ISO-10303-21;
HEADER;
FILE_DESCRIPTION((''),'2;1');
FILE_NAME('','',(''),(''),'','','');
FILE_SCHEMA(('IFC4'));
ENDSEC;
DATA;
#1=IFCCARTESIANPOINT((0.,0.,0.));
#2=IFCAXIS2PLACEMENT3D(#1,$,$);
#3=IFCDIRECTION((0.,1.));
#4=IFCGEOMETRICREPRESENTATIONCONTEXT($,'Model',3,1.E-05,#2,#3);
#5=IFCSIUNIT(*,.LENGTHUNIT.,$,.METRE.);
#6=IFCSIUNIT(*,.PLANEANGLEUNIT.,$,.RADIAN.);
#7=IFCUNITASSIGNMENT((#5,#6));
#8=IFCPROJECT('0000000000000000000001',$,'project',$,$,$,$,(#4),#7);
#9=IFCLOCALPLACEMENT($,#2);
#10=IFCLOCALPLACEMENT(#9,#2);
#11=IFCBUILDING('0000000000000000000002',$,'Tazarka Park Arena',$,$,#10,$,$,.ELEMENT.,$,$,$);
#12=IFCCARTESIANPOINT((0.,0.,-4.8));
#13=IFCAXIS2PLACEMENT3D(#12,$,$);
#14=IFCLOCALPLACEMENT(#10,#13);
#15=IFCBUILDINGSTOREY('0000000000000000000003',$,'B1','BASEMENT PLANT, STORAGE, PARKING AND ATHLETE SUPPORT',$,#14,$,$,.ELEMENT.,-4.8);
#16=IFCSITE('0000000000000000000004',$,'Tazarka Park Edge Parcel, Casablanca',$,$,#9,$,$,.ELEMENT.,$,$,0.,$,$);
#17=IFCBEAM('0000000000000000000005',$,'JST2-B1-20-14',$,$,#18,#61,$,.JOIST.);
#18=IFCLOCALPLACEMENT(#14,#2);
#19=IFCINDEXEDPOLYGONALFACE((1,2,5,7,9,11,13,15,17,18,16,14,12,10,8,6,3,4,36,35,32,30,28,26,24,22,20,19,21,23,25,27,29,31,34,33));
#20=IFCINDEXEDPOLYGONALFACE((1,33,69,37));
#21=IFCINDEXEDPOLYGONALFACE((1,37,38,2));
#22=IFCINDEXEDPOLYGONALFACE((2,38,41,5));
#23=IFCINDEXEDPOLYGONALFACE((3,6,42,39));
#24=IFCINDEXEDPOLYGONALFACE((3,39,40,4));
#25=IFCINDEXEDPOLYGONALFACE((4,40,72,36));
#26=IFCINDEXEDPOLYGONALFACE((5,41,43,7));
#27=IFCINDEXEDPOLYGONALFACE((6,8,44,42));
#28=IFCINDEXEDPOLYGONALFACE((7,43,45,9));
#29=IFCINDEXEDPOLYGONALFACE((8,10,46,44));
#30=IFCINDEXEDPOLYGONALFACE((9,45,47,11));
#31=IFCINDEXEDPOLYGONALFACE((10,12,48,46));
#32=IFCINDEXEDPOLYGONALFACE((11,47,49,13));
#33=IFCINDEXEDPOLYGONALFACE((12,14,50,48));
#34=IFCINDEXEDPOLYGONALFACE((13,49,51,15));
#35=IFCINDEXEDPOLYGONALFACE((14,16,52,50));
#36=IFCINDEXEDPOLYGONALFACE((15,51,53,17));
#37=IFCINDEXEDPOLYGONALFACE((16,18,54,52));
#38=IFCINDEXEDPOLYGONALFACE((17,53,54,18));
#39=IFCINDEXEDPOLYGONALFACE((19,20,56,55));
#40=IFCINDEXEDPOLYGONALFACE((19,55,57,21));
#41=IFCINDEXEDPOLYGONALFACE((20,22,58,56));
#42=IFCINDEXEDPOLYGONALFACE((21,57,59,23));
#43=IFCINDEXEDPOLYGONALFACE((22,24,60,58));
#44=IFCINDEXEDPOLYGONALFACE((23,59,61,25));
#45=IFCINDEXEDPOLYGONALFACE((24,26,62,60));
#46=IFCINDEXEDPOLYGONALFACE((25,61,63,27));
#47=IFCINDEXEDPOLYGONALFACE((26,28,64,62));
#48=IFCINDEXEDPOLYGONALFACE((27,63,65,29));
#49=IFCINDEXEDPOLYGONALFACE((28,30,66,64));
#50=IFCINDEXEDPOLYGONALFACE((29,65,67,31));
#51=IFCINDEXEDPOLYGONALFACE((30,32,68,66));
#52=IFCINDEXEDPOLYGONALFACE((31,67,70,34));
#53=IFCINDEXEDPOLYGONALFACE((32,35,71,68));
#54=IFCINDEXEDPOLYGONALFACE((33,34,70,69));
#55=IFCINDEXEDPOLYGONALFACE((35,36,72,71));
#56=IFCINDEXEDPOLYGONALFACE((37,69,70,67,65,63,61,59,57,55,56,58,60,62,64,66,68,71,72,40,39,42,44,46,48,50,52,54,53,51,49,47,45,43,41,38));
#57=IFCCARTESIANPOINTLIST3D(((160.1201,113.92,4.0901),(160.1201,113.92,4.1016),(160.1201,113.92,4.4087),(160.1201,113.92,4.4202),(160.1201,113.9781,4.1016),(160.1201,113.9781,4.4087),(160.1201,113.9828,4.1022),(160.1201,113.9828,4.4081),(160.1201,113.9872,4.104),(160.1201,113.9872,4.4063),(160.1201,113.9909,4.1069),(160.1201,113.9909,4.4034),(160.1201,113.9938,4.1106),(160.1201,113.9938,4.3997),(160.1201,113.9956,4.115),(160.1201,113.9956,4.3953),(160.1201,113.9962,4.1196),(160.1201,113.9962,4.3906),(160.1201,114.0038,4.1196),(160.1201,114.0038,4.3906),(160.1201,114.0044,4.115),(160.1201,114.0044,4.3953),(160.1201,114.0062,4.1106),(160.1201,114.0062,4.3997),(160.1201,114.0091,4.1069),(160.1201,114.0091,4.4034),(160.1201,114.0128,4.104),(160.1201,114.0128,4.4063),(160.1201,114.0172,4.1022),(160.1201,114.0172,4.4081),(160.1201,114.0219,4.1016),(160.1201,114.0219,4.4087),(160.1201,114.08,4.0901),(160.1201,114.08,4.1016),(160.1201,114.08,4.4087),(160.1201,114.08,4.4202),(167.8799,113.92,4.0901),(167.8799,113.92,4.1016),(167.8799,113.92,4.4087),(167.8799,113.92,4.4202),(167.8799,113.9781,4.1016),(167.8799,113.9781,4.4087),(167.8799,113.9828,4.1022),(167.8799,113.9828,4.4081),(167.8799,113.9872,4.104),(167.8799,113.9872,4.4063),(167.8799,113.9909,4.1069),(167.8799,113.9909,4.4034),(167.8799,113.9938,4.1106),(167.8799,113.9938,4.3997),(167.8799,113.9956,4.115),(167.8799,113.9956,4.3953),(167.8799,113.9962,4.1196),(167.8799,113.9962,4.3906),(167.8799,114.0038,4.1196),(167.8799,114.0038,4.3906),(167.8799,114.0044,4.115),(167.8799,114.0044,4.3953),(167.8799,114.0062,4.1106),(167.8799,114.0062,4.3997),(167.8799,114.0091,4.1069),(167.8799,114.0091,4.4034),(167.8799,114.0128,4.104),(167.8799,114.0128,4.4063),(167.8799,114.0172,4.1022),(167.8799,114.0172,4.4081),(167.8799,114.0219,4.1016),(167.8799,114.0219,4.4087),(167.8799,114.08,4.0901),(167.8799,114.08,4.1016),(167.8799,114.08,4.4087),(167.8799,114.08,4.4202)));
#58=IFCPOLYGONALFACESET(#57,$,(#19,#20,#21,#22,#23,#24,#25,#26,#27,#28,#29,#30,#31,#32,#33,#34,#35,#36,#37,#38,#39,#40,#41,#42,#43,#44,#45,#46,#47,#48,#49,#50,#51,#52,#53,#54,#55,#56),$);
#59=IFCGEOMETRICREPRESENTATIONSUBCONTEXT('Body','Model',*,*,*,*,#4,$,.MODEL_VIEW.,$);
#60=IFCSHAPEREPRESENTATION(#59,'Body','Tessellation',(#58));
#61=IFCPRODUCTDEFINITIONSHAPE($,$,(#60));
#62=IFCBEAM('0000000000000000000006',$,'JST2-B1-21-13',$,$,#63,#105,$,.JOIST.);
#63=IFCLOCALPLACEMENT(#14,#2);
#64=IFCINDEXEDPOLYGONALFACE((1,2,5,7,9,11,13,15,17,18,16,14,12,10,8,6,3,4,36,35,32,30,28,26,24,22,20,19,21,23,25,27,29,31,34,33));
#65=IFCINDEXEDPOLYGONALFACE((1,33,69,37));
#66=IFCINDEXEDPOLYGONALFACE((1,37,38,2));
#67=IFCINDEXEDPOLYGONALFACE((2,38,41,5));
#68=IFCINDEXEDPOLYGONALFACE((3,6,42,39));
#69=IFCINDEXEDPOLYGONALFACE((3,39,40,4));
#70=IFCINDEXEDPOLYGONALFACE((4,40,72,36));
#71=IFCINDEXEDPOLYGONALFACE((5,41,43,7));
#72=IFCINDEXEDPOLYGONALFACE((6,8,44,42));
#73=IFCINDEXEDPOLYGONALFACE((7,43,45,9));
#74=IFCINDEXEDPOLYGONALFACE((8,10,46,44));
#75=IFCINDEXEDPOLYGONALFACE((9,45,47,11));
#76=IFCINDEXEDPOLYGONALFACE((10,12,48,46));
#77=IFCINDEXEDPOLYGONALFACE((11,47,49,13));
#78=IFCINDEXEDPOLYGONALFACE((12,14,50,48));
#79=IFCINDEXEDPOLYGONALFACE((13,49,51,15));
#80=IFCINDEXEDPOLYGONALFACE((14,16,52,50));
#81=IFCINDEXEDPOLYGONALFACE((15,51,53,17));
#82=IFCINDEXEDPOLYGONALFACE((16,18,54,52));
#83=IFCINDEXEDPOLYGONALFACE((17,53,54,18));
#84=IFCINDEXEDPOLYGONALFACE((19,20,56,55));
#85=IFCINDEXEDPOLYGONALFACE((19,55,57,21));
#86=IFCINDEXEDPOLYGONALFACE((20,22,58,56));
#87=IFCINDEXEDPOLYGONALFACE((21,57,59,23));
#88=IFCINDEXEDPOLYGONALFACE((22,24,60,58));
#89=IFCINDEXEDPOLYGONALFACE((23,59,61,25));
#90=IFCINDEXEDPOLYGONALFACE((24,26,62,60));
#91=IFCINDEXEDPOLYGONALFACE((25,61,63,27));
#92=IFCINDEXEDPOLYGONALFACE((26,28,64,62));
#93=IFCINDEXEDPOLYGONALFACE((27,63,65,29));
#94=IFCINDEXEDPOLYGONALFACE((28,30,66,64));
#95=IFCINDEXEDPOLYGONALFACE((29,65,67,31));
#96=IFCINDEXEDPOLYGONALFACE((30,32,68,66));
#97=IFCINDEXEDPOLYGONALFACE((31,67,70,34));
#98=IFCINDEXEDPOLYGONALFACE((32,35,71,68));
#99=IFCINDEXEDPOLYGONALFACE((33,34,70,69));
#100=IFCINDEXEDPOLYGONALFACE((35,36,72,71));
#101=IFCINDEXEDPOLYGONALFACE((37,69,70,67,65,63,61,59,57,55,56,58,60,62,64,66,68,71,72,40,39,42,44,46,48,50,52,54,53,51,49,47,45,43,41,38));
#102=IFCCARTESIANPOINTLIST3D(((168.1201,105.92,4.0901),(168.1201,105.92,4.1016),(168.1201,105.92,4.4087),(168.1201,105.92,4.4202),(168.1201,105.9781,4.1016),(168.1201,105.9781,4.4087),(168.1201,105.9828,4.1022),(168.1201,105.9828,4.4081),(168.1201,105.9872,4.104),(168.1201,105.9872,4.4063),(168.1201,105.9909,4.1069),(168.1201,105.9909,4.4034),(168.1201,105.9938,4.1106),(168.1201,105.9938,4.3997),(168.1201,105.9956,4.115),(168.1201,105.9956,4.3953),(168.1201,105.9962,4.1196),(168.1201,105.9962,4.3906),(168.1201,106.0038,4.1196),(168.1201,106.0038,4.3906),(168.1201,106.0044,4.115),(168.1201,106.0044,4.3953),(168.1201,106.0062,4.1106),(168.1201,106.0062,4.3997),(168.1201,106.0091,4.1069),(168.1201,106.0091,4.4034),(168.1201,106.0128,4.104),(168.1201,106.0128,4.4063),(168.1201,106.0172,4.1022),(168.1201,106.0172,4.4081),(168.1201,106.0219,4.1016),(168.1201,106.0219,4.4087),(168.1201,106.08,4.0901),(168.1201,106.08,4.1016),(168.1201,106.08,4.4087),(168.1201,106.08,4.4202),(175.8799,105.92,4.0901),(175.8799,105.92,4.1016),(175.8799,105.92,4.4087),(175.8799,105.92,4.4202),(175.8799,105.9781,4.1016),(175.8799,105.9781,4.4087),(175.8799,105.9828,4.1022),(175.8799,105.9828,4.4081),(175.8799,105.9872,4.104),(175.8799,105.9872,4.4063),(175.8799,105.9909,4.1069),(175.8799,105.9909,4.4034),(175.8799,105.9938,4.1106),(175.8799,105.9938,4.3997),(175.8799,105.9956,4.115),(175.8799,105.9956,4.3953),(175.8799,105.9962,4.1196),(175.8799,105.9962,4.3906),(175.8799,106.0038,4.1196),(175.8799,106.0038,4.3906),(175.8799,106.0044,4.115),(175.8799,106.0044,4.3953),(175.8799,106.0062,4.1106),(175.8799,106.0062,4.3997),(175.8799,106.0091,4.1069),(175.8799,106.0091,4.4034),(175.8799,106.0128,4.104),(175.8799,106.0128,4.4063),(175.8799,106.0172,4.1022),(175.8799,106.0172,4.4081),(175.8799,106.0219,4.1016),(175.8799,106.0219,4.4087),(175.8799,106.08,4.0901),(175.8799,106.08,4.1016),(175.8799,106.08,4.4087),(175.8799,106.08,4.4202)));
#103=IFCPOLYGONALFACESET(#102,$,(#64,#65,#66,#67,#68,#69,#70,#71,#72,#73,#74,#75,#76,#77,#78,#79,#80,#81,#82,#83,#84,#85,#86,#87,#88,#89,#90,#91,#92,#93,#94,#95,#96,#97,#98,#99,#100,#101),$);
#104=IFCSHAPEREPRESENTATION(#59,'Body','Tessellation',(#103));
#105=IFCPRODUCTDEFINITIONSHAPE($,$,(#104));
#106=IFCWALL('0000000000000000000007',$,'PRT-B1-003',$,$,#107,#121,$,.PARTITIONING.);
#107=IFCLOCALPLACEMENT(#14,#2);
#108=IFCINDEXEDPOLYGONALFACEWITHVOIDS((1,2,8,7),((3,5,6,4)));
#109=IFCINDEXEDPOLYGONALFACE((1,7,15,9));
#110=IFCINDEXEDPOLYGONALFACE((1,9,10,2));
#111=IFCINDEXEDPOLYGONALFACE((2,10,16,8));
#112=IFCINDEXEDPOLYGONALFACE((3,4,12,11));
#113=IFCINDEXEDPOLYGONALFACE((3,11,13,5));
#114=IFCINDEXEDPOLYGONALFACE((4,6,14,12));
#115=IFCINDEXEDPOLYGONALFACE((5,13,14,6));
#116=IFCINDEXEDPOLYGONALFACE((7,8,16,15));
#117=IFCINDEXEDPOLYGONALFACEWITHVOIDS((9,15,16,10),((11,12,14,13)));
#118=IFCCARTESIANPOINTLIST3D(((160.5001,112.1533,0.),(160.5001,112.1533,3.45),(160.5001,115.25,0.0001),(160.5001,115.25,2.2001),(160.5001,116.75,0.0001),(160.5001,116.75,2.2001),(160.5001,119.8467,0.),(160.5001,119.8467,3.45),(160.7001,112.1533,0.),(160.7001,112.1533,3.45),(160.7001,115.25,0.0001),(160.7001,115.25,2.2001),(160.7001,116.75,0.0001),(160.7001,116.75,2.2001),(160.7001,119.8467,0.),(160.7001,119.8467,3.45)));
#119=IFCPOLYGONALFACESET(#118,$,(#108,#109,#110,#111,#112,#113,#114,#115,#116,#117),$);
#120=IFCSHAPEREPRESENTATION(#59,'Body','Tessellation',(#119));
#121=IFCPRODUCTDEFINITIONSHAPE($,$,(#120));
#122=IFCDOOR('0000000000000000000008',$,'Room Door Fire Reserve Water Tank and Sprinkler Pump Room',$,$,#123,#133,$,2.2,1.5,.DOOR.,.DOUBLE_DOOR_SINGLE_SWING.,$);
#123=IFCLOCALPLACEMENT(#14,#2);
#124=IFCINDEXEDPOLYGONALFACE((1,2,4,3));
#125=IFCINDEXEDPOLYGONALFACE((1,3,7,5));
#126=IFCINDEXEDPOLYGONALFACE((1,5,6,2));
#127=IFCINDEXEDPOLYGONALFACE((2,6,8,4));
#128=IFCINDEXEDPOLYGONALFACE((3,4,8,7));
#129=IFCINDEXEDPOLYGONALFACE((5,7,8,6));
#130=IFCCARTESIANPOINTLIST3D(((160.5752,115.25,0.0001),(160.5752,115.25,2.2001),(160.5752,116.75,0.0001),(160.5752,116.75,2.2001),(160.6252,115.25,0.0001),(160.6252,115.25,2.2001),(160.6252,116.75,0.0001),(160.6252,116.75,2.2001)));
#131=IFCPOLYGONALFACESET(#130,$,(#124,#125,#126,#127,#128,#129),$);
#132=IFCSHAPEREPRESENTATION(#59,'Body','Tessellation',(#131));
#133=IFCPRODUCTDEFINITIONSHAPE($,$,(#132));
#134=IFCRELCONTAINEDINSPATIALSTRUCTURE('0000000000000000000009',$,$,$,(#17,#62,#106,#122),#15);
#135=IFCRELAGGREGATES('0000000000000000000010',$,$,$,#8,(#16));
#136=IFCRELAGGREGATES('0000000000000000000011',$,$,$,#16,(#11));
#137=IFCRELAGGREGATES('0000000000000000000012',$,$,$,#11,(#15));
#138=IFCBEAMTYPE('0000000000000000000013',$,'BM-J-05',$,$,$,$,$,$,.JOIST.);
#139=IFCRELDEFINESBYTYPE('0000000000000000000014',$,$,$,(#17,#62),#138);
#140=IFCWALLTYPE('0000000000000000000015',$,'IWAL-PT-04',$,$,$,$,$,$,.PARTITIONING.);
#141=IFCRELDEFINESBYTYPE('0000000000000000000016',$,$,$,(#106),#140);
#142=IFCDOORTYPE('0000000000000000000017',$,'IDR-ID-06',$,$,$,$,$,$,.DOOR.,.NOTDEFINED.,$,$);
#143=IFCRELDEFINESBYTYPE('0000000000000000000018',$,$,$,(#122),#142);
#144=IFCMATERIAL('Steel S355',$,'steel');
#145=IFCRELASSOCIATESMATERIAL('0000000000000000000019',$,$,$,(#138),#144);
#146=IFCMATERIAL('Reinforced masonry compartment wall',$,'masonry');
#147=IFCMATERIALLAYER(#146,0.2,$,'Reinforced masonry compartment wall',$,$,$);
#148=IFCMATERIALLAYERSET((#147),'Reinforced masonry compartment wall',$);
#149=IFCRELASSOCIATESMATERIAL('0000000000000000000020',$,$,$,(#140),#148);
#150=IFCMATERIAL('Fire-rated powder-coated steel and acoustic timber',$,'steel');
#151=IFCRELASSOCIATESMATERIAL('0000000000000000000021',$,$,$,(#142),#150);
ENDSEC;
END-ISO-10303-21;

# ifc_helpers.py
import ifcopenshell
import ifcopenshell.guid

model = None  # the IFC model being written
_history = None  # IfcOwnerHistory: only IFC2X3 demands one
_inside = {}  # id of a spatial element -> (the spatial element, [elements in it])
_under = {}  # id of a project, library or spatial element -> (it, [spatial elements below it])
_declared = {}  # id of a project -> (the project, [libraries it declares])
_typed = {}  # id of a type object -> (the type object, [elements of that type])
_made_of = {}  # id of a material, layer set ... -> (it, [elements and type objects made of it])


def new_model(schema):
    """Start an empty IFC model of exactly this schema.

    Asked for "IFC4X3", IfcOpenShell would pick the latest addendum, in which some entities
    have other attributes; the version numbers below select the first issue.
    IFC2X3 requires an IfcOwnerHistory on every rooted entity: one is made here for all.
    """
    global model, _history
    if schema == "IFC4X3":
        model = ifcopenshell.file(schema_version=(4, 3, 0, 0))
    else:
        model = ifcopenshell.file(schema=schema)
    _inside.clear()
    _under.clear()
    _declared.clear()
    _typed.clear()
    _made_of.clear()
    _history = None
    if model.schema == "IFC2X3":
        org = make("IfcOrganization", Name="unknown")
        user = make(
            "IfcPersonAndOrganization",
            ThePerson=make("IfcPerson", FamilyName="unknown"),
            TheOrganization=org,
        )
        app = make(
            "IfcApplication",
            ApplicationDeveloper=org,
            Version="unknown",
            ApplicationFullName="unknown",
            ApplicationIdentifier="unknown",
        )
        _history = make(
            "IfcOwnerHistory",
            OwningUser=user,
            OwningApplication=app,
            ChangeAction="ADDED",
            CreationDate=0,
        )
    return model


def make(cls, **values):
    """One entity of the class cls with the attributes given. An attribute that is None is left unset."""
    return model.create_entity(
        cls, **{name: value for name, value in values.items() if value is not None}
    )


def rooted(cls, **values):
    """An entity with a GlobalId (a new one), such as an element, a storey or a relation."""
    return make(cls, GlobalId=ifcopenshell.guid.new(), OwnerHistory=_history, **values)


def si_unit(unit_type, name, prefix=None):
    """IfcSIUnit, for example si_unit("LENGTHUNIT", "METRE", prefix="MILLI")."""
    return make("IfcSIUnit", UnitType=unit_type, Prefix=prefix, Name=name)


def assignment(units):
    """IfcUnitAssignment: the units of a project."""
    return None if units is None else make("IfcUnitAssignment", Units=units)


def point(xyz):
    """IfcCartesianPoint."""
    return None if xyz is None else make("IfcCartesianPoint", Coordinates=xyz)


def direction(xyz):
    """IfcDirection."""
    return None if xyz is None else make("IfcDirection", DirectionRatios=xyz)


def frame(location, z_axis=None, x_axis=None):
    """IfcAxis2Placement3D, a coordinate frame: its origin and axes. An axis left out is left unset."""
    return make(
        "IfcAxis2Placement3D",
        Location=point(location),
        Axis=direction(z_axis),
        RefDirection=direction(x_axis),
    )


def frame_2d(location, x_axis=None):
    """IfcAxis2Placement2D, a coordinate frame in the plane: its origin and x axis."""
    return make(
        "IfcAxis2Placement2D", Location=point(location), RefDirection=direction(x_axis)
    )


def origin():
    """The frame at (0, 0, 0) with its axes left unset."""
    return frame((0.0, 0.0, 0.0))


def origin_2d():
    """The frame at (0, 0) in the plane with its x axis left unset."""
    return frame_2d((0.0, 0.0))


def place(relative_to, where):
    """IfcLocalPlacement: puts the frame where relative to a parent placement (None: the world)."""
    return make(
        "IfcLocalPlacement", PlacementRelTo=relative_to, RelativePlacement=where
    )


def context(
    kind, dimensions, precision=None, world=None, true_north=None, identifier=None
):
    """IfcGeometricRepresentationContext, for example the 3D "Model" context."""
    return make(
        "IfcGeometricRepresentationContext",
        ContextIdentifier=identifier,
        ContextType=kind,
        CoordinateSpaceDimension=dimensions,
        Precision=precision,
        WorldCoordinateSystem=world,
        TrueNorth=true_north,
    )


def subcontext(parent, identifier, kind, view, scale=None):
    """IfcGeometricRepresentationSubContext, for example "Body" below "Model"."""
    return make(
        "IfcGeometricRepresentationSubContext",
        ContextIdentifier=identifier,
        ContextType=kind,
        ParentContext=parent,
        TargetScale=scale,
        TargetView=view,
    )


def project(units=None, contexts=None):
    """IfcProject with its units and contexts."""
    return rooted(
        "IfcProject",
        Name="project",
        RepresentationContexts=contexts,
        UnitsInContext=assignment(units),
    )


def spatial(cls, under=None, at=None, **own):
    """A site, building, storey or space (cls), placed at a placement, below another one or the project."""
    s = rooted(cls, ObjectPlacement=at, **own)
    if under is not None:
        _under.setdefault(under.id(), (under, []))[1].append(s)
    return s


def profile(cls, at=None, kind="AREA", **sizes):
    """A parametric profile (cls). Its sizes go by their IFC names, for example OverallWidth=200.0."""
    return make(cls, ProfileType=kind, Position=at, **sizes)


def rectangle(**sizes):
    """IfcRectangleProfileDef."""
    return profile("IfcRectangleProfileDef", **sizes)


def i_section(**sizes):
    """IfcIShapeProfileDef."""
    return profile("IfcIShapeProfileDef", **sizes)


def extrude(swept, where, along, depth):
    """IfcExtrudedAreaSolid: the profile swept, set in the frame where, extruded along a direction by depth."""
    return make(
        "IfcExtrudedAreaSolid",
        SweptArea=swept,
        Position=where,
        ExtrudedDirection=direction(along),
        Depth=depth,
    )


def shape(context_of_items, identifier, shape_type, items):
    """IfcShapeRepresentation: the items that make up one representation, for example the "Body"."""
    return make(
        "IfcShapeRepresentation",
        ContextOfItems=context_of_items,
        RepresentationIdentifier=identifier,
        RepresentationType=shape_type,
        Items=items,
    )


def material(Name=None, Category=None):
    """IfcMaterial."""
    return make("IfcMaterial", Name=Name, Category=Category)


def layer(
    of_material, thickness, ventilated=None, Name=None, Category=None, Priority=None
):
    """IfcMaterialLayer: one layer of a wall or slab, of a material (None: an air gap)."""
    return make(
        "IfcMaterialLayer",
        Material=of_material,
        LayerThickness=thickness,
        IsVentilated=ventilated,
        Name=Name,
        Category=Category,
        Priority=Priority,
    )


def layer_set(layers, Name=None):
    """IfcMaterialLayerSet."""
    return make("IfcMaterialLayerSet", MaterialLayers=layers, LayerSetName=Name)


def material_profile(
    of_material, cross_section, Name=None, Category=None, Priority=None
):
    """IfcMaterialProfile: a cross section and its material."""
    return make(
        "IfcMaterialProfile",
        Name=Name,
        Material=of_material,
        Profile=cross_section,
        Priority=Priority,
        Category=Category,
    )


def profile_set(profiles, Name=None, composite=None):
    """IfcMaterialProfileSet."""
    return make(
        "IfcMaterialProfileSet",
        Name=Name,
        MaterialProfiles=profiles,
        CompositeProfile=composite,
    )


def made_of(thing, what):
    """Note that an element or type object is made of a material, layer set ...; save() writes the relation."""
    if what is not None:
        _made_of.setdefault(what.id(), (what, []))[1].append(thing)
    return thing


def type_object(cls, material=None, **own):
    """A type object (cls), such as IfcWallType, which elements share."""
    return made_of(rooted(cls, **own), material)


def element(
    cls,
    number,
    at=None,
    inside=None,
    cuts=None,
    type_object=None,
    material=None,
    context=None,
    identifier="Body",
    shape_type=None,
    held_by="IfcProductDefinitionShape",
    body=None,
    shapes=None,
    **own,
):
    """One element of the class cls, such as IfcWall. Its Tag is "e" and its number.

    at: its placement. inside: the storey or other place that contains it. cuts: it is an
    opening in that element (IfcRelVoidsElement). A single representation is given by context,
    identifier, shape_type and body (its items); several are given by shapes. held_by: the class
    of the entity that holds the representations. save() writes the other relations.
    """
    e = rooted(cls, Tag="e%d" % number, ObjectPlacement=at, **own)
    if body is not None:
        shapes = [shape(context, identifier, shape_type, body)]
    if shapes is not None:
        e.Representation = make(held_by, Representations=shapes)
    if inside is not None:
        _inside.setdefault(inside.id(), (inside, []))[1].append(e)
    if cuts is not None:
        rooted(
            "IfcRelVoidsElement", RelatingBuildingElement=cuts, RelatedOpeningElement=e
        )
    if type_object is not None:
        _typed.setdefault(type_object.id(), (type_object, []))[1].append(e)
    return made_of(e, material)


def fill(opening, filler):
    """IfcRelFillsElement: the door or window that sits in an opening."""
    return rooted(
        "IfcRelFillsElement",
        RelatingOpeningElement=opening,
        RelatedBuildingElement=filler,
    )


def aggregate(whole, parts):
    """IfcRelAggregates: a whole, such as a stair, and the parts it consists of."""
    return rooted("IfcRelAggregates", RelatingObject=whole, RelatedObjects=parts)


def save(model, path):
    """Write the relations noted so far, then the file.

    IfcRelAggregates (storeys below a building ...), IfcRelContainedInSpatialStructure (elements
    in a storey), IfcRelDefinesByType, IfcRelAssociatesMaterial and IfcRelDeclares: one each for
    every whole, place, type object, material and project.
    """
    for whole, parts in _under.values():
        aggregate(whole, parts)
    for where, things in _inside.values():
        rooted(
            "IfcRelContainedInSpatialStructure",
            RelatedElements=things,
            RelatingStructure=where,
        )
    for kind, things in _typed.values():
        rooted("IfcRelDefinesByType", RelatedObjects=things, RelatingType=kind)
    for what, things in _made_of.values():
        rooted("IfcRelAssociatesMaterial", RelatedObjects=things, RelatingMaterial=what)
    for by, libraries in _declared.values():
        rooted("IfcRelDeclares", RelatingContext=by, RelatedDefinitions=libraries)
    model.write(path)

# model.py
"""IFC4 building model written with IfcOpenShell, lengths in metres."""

from ifc_helpers import new_model, si_unit, direction, frame, frame_2d, origin, origin_2d, place, context, subcontext, project, spatial, rectangle, i_section, extrude, material, layer, layer_set, material_profile, profile_set, type_object, element, fill, save


model = new_model("IFC4")

# Units and contexts
model_context = context("Model", 3, precision=1e-05, world=origin(), true_north=direction((0.0, 1.0)))
body_context = subcontext(model_context, "Body", "Model", "MODEL_VIEW")
ifc_project = project(units=[si_unit("LENGTHUNIT", "METRE"), si_unit("PLANEANGLEUNIT", "RADIAN")], contexts=[model_context])

# Site, building, storey
site_placement = place(None, origin())
site = spatial("IfcSite", under=ifc_project, at=site_placement, Name="Tazarka Park Edge Parcel, Casablanca", CompositionType="ELEMENT", RefElevation=0.0)
building_placement = place(site_placement, origin())
building = spatial("IfcBuilding", under=site, at=building_placement, Name="Tazarka Park Arena", CompositionType="ELEMENT")
storey_placement = place(building_placement, frame((0.0, 0.0, -4.8)))
storey = spatial("IfcBuildingStorey", under=building, at=storey_placement, Name="B1", Description="BASEMENT PLANT, STORAGE, PARKING AND ATHLETE SUPPORT", CompositionType="ELEMENT", Elevation=-4.8)

# Beams
ifc_material_1 = material(Name="Steel S355", Category="steel")
ifc_material_profile_1 = material_profile(ifc_material_1, i_section(OverallWidth=0.1599, OverallDepth=0.3301, WebThickness=0.0076, FlangeThickness=0.0115, FilletRadius=0.0181, at=origin_2d()), Name="Steel S355")
ifc_profile_set_1 = profile_set([ifc_material_profile_1], Name="Steel S355")
beam_type_1 = type_object("IfcBeamType", Name="BM-J-05", PredefinedType="JOIST", material=ifc_profile_set_1)
for number, where, z_axis, x_axis, name in (
    (1, (160.1201, 114.0, 4.2551), (1.0, 0.0, 0.0), (0.0, 1.0, 0.0), "JST2-B1-20-14"),
    (2, (168.1201, 106.0, 4.2551), (1.0, 0.0, 0.0), (0.0, 1.0, 0.0), "JST2-B1-21-13"),
):
    element("IfcBeam", number, at=place(storey_placement, frame(where, z_axis=z_axis, x_axis=x_axis)), inside=storey, type_object=beam_type_1, Name=name, PredefinedType="JOIST", context=body_context, shape_type="SweptSolid", body=[
        extrude(i_section(OverallWidth=0.1599, OverallDepth=0.3301, WebThickness=0.0076, FlangeThickness=0.0115, FilletRadius=0.0181, at=origin_2d()), origin(), (0.0, 0.0, 1.0), 7.7598),
    ])

# Wall, opening, door
ifc_material_2 = material(Name="Reinforced masonry compartment wall", Category="masonry")
ifc_layer = layer(ifc_material_2, 0.2, Name="Reinforced masonry compartment wall")
ifc_layer_set = layer_set([ifc_layer], Name="Reinforced masonry compartment wall")
wall_type = type_object("IfcWallType", Name="IWAL-PT-04", PredefinedType="PARTITIONING", material=ifc_layer_set)
wall_placement = place(storey_placement, frame((160.6001, 112.1533, 0.0), z_axis=(0.0, 0.0, 1.0), x_axis=(0.0, 1.0, 0.0)))
wall = element("IfcWall", 3, at=wall_placement, inside=storey, type_object=wall_type, Name="PRT-B1-003", PredefinedType="PARTITIONING", context=body_context, shape_type="SweptSolid", body=[
    extrude(rectangle(XDim=7.6934, YDim=0.2, at=frame_2d((3.8467, 0.0))), origin(), (0.0, 0.0, 1.0), 3.45),
])
opening_placement = place(wall_placement, frame((3.0967, 0.0, 0.0)))
opening = element("IfcOpeningElement", 4, at=opening_placement, cuts=wall, PredefinedType="OPENING", context=body_context, shape_type="SweptSolid", body=[
    extrude(rectangle(XDim=1.5, YDim=2.2, at=frame_2d((0.75, 1.1001))), frame((0.0, 0.1099, 0.0), z_axis=(0.0, -1.0, 0.0), x_axis=(1.0, 0.0, 0.0)), (0.0, 0.0, 1.0), 0.22),
])
ifc_material_3 = material(Name="Fire-rated powder-coated steel and acoustic timber", Category="steel")
door_type = type_object("IfcDoorType", Name="IDR-ID-06", OperationType="NOTDEFINED", PredefinedType="DOOR", material=ifc_material_3)
door_placement = place(opening_placement, origin())
door = element("IfcDoor", 5, at=door_placement, inside=storey, type_object=door_type, Name="Room Door Fire Reserve Water Tank and Sprinkler Pump Room", OperationType="DOUBLE_DOOR_SINGLE_SWING", OverallHeight=2.2, OverallWidth=1.5, PredefinedType="DOOR", context=body_context, shape_type="SweptSolid", body=[
    extrude(rectangle(XDim=1.5, YDim=2.2, at=frame_2d((0.75, 1.1001))), frame((0.0, 0.0249, 0.0), z_axis=(0.0, -1.0, 0.0), x_axis=(1.0, 0.0, 0.0)), (0.0, 0.0, 1.0), 0.05),
])
fill(opening, door)

save(model, "model.ifc")
